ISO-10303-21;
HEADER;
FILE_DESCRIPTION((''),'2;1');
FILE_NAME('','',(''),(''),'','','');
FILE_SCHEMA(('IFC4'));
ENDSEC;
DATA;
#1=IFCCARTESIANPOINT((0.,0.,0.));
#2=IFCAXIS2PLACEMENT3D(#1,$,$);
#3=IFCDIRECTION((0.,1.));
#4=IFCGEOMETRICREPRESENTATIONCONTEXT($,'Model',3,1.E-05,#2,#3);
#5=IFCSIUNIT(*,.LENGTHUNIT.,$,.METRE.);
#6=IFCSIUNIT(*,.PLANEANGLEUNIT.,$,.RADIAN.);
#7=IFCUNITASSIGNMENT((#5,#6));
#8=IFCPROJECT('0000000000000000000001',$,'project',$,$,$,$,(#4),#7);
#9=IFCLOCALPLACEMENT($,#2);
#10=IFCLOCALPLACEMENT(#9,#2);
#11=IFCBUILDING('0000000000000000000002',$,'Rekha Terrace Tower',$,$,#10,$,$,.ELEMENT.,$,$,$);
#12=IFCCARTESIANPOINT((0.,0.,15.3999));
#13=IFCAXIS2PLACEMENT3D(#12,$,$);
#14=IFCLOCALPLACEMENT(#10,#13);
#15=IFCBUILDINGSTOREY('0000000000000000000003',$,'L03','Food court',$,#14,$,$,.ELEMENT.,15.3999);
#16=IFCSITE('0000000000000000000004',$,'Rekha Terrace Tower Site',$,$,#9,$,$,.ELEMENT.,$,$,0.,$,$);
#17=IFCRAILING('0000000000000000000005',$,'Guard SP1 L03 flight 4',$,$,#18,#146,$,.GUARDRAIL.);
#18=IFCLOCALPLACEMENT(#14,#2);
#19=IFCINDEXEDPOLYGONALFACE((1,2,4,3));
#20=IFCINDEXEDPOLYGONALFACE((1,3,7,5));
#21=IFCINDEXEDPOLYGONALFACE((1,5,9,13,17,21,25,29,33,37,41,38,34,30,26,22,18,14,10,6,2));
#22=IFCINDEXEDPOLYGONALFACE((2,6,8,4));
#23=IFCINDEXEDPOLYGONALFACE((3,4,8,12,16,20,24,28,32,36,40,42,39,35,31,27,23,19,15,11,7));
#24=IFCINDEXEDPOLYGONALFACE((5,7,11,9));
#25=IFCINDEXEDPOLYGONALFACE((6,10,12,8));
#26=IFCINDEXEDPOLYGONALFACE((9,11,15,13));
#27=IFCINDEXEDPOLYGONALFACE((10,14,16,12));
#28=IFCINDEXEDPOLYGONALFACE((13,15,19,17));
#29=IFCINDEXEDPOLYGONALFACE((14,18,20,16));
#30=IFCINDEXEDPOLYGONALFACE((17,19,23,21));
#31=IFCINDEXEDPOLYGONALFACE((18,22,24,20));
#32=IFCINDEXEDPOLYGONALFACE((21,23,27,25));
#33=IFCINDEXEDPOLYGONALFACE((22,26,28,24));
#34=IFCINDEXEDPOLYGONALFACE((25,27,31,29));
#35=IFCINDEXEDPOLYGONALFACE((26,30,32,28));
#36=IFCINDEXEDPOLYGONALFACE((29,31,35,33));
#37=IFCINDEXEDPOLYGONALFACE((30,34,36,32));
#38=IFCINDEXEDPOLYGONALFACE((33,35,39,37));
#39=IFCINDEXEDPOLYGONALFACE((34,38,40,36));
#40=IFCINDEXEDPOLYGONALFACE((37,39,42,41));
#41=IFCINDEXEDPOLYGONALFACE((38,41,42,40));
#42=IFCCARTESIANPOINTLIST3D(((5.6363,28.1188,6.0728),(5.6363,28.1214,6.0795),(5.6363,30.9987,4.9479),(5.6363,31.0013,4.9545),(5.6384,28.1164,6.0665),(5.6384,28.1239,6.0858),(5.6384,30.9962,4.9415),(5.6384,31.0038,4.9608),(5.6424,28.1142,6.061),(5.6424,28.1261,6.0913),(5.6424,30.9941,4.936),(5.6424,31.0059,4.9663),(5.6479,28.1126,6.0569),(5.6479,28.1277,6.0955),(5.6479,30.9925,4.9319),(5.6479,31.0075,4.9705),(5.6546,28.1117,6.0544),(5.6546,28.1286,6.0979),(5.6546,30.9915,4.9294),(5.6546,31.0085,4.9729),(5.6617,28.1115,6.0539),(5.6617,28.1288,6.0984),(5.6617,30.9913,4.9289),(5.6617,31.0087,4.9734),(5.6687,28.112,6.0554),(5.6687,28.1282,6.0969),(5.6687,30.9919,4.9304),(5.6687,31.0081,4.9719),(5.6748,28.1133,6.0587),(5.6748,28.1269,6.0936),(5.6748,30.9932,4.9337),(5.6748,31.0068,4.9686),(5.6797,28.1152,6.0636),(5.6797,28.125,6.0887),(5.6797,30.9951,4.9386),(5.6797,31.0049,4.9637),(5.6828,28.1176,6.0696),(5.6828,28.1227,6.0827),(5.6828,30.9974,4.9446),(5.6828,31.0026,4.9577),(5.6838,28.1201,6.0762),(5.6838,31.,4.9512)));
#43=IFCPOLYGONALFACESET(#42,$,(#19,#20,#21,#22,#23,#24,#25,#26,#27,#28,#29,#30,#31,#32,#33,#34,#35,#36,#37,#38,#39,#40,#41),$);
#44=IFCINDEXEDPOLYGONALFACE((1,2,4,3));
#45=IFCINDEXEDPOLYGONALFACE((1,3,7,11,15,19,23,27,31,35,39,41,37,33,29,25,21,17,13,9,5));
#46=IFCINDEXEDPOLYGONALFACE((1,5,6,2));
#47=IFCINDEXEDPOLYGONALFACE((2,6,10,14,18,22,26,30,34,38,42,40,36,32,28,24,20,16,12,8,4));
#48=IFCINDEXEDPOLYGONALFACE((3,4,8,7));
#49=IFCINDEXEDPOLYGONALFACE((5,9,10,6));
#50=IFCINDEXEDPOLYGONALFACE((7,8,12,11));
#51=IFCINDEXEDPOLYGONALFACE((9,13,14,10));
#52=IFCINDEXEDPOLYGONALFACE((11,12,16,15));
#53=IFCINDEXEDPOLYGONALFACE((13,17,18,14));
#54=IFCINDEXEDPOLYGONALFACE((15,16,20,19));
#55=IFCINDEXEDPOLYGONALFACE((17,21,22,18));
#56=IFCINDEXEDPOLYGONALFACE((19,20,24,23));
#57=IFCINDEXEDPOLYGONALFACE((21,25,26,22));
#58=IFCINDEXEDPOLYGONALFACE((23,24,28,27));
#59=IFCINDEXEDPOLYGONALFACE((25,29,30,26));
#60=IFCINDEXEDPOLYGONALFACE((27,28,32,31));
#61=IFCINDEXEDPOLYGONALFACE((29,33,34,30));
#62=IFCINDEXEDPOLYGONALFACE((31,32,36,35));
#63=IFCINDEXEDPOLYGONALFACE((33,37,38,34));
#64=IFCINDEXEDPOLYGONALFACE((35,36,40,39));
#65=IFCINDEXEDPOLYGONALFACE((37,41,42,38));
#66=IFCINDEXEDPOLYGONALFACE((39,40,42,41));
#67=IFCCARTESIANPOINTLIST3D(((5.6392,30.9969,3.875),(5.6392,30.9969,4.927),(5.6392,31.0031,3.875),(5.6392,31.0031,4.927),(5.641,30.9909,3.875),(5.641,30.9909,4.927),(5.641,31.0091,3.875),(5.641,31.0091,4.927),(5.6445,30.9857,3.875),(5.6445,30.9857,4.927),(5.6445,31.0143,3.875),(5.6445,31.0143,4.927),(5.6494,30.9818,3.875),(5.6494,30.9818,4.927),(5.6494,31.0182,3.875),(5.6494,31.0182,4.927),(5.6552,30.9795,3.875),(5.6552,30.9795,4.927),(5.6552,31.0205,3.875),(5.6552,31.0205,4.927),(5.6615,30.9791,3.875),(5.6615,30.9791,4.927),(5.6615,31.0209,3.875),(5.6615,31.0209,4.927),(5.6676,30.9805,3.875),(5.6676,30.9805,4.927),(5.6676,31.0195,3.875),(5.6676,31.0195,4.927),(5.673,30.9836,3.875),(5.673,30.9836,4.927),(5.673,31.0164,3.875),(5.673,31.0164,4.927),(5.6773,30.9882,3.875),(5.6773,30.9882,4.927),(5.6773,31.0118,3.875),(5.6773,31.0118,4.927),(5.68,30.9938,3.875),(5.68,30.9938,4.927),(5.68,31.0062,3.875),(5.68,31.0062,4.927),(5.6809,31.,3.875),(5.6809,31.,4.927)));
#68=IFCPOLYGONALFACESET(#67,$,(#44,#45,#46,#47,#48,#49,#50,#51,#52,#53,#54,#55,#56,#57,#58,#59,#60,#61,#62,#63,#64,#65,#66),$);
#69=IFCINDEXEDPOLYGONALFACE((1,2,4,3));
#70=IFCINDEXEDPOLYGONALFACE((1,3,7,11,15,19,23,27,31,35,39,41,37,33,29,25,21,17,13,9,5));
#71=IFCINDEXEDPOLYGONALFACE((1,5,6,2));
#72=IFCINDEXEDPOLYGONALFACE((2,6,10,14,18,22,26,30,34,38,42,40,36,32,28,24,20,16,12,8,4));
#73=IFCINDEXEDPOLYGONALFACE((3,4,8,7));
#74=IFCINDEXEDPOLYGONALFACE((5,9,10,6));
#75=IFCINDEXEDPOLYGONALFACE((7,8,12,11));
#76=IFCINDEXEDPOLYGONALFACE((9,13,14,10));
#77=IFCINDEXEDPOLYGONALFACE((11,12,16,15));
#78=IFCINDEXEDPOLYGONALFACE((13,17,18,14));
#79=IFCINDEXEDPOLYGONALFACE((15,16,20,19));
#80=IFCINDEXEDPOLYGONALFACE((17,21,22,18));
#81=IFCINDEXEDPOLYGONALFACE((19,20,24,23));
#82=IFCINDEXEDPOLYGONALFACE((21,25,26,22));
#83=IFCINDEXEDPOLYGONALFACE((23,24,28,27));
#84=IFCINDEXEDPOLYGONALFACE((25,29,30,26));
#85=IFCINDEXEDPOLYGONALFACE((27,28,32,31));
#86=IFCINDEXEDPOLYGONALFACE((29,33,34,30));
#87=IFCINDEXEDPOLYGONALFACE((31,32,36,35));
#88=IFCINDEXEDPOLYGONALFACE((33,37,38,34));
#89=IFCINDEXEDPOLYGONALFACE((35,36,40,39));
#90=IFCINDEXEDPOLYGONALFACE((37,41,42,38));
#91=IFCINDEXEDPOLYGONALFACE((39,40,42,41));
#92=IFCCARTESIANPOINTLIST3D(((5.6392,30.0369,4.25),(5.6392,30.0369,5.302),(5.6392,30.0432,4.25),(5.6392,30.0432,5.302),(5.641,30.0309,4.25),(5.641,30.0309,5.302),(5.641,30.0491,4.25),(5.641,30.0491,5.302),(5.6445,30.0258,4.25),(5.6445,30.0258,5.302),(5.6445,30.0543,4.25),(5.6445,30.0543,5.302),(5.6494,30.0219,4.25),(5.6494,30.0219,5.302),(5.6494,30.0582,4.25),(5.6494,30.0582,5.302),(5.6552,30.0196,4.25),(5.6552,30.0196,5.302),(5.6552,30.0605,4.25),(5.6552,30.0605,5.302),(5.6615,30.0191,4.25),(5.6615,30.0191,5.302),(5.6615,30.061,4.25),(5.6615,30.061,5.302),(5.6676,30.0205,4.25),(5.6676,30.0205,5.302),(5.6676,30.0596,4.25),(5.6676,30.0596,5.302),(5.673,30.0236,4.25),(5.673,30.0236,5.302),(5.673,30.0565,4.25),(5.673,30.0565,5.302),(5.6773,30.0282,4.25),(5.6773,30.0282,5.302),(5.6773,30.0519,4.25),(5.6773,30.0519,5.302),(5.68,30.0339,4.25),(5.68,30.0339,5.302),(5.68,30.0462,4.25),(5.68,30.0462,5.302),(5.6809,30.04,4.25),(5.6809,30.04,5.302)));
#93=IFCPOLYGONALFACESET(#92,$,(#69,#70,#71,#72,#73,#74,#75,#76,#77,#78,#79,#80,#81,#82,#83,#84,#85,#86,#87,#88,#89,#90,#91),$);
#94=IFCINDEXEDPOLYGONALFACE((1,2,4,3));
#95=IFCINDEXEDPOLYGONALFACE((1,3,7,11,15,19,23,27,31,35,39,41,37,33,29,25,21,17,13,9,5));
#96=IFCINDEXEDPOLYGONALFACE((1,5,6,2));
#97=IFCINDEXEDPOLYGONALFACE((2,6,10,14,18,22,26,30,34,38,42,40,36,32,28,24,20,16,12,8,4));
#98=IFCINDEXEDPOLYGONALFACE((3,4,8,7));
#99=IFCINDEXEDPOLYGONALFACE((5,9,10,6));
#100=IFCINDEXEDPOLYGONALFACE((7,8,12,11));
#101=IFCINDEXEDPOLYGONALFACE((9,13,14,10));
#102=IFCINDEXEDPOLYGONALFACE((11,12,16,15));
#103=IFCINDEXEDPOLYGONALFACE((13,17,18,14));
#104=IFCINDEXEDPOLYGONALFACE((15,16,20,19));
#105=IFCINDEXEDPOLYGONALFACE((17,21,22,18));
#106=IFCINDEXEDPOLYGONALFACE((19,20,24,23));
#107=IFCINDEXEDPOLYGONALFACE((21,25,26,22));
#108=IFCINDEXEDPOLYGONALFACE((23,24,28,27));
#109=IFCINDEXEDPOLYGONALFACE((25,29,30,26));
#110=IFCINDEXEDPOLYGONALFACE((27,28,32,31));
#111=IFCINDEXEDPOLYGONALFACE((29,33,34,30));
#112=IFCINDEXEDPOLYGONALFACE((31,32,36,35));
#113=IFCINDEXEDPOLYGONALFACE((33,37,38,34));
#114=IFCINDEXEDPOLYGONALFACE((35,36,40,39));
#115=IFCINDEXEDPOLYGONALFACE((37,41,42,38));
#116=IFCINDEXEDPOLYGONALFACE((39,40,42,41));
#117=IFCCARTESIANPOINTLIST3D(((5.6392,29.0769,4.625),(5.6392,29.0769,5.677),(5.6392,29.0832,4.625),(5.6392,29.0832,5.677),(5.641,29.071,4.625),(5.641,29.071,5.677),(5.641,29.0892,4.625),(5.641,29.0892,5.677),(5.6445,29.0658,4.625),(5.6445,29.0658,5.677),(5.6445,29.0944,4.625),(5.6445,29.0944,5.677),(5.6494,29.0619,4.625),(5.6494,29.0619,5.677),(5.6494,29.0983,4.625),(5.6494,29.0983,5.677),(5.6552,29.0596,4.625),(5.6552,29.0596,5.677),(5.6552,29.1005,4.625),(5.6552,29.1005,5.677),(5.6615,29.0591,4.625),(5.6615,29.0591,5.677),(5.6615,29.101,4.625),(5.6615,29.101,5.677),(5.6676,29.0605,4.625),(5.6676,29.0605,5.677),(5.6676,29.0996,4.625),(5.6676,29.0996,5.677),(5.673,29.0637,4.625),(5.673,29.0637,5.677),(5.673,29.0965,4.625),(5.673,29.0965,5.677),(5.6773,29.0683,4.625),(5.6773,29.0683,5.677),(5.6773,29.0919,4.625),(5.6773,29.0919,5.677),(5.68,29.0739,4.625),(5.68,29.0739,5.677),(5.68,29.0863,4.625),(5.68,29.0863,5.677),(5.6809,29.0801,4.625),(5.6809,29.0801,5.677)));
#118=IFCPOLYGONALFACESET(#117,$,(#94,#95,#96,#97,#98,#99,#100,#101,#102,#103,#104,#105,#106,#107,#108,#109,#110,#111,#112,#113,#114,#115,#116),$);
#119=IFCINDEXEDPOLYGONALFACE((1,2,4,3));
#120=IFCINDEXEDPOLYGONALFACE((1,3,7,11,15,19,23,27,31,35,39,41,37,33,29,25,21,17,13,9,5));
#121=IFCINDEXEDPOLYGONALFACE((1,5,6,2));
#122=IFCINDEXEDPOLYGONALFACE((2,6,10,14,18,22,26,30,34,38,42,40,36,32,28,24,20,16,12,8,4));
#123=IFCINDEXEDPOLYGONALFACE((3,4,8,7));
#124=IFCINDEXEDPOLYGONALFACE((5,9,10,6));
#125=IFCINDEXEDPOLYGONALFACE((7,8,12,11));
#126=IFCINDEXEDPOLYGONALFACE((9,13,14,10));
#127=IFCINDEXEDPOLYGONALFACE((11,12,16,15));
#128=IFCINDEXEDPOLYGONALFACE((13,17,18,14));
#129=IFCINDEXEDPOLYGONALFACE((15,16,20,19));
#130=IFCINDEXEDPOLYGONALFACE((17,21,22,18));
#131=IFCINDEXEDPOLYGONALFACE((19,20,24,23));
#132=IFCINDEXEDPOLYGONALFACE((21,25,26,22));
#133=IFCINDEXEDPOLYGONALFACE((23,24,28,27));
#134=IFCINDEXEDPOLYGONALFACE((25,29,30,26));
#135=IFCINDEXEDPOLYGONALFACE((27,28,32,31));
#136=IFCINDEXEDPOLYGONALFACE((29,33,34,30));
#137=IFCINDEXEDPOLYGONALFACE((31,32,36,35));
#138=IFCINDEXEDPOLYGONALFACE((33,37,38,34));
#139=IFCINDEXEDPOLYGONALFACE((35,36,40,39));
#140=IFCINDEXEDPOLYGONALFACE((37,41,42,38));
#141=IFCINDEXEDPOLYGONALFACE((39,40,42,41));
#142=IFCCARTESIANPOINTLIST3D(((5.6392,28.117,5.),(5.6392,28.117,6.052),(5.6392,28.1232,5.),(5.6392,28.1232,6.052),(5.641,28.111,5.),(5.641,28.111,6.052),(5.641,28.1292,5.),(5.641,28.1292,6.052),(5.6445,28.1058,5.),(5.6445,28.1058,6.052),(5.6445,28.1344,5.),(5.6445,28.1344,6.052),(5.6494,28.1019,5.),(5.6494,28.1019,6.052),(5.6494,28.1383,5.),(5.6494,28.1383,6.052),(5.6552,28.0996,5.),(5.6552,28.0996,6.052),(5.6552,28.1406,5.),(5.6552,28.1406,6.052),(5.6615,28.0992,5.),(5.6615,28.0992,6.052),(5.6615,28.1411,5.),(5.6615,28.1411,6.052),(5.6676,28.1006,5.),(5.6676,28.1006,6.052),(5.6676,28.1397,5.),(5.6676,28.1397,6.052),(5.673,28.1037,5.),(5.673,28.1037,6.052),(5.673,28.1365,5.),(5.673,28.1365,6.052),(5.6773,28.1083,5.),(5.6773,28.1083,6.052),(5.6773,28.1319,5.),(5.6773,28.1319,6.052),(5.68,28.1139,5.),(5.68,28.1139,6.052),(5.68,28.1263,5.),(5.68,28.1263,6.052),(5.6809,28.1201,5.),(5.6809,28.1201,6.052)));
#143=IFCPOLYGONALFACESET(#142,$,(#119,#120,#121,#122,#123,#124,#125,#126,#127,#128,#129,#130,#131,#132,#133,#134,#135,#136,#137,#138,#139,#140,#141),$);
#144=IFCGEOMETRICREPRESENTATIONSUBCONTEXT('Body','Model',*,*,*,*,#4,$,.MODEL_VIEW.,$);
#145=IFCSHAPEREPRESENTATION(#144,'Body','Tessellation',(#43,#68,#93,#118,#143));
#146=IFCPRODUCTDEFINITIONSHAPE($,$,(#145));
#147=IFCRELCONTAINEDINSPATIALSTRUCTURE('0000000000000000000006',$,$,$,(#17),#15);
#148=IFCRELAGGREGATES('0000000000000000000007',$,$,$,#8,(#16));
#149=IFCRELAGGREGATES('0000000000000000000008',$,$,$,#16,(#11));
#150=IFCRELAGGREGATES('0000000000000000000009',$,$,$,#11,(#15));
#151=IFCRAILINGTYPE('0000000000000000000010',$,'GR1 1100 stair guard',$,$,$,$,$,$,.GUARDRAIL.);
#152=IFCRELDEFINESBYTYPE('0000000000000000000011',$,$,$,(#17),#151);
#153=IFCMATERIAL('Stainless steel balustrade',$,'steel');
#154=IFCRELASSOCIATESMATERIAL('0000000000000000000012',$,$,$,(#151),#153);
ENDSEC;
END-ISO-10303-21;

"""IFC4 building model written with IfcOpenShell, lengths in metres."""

from ifc_helpers import new_model, si_unit, direction, frame, origin, origin_2d, place, context, subcontext, project, spatial, circle, extrude, material, type_object, element, save


model = new_model("IFC4")

# Units and contexts
model_context = context("Model", 3, precision=1e-05, world=origin(), true_north=direction((0.0, 1.0)))
body_context = subcontext(model_context, "Body", "Model", "MODEL_VIEW")
ifc_project = project(units=[si_unit("LENGTHUNIT", "METRE"), si_unit("PLANEANGLEUNIT", "RADIAN")], contexts=[model_context])

# Site, building, storey
site_placement = place(None, origin())
site = spatial("IfcSite", under=ifc_project, at=site_placement, Name="Rekha Terrace Tower Site", CompositionType="ELEMENT", RefElevation=0.0)
building_placement = place(site_placement, origin())
building = spatial("IfcBuilding", under=site, at=building_placement, Name="Rekha Terrace Tower", CompositionType="ELEMENT")
storey_placement = place(building_placement, frame((0.0, 0.0, 15.3999)))
storey = spatial("IfcBuildingStorey", under=building, at=storey_placement, Name="L03", Description="Food court", CompositionType="ELEMENT", Elevation=15.3999)

# Railing
ifc_material_1 = material(Name="Stainless steel balustrade", Category="steel")
railing_type_1 = type_object("IfcRailingType", Name="GR1 1100 stair guard", PredefinedType="GUARDRAIL", material=ifc_material_1)
railing_1_placement = place(storey_placement, frame((5.6599, 31.0, 3.875)))
element("IfcRailing", 1, at=railing_1_placement, inside=storey, type_object=railing_type_1, Name="Guard SP1 L03 flight 4", PredefinedType="GUARDRAIL", context=body_context, shape_type="SweptSolid", body=[
    extrude(circle(Radius=0.0239, at=origin_2d()), frame((0.0, 0.0, 1.0762), z_axis=(0.0, -0.931452, 0.363863), x_axis=(1.0, 0.0, 0.0)), (0.0, 0.0, 1.0), 3.0918),
    extrude(circle(Radius=0.021, at=origin_2d()), origin(), (0.0, 0.0, 1.0), 1.052),
    extrude(circle(Radius=0.021, at=origin_2d()), frame((0.0, -0.96, 0.375)), (0.0, 0.0, 1.0), 1.052),
    extrude(circle(Radius=0.021, at=origin_2d()), frame((0.0, -1.9199, 0.75)), (0.0, 0.0, 1.0), 1.052),
    extrude(circle(Radius=0.021, at=origin_2d()), frame((0.0, -2.8799, 1.125)), (0.0, 0.0, 1.0), 1.052),
])

save(model, "model.ifc")
